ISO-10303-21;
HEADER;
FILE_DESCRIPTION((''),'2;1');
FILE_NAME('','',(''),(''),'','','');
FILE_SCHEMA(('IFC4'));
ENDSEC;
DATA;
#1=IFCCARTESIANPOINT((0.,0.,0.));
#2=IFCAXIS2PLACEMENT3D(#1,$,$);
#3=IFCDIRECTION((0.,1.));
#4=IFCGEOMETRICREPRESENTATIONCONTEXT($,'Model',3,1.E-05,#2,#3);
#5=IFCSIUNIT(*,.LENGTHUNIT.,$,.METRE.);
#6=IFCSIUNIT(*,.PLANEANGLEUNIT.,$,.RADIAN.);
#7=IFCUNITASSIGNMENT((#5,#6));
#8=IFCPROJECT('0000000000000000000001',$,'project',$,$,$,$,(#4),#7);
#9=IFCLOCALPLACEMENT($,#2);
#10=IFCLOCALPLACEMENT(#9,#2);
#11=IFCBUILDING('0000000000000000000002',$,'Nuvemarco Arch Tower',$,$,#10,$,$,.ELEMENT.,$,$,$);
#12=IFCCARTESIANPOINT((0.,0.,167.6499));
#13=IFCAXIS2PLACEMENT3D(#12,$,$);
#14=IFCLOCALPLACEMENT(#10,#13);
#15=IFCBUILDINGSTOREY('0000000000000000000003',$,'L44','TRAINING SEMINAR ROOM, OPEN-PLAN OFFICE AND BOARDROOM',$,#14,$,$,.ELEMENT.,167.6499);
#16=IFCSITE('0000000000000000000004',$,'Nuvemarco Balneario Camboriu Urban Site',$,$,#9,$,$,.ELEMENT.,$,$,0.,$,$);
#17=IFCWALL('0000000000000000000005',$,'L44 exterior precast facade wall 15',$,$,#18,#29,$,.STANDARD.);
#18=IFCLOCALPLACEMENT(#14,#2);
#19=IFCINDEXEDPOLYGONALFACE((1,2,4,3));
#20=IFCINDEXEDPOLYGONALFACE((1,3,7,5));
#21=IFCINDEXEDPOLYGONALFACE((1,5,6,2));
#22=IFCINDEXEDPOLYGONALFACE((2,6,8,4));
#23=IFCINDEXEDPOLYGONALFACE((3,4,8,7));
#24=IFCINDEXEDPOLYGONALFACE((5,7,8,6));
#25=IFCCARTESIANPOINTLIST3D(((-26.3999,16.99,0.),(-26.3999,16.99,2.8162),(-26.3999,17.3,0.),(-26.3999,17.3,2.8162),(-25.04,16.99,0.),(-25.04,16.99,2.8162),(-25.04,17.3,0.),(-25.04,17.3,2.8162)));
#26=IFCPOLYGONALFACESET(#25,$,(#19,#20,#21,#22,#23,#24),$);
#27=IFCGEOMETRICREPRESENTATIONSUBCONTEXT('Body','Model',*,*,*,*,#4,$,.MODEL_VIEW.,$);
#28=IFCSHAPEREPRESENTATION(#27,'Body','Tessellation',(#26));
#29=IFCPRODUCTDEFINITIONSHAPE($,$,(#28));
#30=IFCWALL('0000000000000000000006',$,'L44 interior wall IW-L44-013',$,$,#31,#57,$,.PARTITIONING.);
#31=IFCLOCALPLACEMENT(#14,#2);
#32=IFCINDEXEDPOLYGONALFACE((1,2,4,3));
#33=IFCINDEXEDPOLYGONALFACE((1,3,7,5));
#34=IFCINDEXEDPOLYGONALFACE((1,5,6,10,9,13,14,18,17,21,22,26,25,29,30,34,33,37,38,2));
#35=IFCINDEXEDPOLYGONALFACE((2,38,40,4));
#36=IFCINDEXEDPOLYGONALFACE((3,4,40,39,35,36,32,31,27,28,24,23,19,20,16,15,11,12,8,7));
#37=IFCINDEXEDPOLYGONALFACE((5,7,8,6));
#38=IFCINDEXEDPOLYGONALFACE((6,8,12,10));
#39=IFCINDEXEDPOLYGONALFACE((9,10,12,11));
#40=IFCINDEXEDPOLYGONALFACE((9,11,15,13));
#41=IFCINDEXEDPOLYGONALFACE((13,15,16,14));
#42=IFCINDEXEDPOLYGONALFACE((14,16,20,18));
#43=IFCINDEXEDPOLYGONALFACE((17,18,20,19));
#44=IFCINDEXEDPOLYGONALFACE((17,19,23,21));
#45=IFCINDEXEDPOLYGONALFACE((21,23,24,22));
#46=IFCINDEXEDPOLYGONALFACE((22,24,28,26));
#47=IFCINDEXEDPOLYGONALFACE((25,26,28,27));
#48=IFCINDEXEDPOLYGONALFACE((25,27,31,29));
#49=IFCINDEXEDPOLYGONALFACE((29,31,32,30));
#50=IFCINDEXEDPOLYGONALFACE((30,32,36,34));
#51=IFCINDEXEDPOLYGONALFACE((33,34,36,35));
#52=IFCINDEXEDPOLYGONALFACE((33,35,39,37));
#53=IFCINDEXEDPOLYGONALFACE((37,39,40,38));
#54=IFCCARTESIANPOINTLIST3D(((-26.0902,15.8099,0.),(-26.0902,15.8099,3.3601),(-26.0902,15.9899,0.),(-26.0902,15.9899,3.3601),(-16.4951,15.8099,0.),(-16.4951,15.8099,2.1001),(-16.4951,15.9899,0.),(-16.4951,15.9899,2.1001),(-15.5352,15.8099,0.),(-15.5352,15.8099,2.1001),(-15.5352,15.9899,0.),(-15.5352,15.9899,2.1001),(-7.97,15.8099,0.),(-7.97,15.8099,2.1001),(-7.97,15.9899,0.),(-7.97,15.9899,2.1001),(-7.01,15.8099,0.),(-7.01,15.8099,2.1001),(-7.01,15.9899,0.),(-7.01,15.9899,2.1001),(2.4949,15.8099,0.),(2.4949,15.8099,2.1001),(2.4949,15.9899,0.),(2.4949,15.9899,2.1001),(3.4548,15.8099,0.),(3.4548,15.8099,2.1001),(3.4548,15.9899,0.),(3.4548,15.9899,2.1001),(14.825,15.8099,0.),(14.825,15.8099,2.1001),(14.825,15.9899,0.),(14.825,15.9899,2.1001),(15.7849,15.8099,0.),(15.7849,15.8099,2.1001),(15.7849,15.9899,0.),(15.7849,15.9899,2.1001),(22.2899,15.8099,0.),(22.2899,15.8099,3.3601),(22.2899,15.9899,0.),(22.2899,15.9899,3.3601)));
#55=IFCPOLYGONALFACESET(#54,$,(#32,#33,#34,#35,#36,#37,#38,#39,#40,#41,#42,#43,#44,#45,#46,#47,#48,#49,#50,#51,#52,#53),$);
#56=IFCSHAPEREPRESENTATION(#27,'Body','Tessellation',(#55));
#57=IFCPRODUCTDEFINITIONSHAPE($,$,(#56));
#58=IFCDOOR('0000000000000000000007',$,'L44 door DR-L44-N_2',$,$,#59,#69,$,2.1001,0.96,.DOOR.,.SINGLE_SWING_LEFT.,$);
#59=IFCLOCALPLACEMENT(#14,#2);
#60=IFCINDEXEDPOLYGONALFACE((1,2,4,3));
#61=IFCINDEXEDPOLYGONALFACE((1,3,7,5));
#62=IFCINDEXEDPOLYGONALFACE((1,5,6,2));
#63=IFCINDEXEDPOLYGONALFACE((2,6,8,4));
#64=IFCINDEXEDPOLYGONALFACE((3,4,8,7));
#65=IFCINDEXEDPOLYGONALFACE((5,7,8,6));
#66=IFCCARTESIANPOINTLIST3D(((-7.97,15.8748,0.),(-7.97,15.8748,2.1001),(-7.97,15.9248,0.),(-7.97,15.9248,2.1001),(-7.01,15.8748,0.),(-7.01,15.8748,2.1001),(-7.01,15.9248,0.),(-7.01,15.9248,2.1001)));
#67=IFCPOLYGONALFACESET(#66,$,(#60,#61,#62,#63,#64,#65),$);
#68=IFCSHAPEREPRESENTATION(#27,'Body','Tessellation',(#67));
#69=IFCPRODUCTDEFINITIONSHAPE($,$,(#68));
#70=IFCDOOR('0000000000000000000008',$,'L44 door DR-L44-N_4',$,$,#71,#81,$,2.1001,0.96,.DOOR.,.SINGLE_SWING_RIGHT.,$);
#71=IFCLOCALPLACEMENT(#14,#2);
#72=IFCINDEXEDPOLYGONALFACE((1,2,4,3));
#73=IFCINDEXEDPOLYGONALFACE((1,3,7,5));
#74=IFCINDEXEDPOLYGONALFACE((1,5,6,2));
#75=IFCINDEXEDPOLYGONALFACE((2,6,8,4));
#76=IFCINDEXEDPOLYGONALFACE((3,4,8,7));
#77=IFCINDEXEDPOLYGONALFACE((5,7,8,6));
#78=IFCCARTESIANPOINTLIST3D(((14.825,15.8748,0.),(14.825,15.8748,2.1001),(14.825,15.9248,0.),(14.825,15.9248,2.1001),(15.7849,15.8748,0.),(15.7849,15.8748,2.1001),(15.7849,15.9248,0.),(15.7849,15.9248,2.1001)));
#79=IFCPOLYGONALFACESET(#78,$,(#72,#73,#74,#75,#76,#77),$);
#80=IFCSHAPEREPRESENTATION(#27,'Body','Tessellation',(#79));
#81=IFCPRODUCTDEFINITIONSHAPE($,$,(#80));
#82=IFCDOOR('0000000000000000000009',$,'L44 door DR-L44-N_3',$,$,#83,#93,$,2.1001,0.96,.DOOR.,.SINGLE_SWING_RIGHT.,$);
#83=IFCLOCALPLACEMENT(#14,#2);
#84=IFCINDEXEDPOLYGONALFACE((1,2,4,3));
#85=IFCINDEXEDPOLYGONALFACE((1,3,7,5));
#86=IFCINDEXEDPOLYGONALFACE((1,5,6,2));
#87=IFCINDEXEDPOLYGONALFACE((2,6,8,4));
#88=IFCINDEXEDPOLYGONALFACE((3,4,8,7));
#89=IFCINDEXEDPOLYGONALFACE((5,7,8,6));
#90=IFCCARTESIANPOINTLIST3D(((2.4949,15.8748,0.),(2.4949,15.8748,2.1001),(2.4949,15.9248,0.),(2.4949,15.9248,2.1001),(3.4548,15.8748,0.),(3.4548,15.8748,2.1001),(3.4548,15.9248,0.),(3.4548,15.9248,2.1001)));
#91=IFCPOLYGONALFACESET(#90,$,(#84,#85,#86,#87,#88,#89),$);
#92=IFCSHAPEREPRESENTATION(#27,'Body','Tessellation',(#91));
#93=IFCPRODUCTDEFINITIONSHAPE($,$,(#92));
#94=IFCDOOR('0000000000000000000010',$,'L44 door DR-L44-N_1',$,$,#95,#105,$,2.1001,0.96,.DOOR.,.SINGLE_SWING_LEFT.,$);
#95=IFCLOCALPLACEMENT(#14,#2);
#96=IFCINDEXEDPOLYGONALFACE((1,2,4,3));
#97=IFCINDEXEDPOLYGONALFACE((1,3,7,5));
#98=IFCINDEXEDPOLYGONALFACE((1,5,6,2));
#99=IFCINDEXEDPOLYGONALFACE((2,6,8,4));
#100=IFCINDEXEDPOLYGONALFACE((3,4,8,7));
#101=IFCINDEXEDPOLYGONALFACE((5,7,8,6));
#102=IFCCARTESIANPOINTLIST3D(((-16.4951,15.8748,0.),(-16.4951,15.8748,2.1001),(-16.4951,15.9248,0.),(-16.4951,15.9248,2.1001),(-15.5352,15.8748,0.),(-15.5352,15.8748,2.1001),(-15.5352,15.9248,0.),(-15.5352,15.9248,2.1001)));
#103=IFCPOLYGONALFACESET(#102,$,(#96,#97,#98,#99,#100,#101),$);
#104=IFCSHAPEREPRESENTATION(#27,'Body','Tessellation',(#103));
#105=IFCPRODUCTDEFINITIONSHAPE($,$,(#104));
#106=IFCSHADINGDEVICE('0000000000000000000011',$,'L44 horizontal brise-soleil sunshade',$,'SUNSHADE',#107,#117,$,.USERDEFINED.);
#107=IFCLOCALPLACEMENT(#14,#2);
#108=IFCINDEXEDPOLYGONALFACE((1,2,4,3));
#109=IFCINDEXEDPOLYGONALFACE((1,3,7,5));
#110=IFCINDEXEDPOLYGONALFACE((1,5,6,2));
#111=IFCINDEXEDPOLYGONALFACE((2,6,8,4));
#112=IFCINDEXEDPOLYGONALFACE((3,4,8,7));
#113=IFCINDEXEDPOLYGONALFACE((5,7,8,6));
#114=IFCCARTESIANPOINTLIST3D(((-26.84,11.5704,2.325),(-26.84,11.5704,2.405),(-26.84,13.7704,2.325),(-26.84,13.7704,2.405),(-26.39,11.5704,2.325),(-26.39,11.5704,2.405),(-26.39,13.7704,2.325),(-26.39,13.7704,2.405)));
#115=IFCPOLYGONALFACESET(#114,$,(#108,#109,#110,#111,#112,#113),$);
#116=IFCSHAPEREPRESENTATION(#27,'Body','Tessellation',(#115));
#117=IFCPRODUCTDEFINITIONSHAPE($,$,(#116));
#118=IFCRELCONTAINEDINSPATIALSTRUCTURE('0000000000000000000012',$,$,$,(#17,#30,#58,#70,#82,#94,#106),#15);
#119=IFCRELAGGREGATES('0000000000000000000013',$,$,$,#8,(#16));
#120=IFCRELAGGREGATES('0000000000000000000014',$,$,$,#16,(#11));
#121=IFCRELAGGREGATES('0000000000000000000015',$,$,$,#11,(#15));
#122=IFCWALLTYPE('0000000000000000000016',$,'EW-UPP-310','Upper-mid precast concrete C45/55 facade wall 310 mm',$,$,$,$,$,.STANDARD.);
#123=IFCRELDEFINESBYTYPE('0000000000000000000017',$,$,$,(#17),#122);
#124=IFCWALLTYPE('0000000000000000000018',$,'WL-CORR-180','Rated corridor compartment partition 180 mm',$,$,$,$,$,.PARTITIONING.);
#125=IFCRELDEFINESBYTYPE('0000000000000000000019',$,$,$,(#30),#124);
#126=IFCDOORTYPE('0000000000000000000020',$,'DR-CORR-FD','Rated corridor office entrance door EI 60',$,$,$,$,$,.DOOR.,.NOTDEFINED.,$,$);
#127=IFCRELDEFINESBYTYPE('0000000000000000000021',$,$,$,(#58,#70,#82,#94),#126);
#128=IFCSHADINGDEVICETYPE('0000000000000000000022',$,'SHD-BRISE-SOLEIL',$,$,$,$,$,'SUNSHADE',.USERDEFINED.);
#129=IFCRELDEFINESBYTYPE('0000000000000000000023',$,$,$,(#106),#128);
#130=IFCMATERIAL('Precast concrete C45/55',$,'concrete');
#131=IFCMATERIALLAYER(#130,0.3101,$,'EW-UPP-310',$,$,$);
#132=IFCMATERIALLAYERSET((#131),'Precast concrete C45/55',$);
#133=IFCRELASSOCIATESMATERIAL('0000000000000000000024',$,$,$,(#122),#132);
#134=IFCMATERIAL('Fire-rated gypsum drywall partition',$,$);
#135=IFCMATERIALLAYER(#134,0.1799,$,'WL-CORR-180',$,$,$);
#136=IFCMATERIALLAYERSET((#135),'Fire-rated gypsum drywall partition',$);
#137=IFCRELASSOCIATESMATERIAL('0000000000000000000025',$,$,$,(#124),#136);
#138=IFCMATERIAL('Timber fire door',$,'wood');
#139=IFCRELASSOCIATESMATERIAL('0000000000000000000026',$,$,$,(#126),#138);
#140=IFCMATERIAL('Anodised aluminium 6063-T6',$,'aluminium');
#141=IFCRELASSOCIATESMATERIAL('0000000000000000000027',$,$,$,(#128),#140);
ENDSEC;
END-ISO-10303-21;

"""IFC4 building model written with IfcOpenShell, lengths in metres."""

from ifc_helpers import new_model, si_unit, direction, frame, frame_2d, origin, origin_2d, place, context, subcontext, project, spatial, rectangle, extrude, source, transform, mapped, material, layer, layer_set, type_object, type_shapes, element, fill, save


model = new_model("IFC4")

# Units and contexts
model_context = context("Model", 3, precision=1e-05, world=origin(), true_north=direction((0.0, 1.0)))
body_context = subcontext(model_context, "Body", "Model", "MODEL_VIEW")
ifc_project = project(units=[si_unit("LENGTHUNIT", "METRE"), si_unit("PLANEANGLEUNIT", "RADIAN")], contexts=[model_context])

# Site, building, storey
site_placement = place(None, origin())
site = spatial("IfcSite", under=ifc_project, at=site_placement, Name="Nuvemarco Balneario Camboriu Urban Site", CompositionType="ELEMENT", RefElevation=0.0)
building_placement = place(site_placement, origin())
building = spatial("IfcBuilding", under=site, at=building_placement, Name="Nuvemarco Arch Tower", CompositionType="ELEMENT")
storey_placement = place(building_placement, frame((0.0, 0.0, 167.6499)))
storey = spatial("IfcBuildingStorey", under=building, at=storey_placement, Name="L44", Description="TRAINING SEMINAR ROOM, OPEN-PLAN OFFICE AND BOARDROOM", CompositionType="ELEMENT", Elevation=167.6499)

# Shared definitions
ifc_material_1 = material(Name="Precast concrete C45/55", Category="concrete")
ifc_layer_1 = layer(ifc_material_1, 0.3101, Name="EW-UPP-310")
ifc_layer_set_1 = layer_set([ifc_layer_1], Name="Precast concrete C45/55")
wall_type_1 = type_object("IfcWallType", Name="EW-UPP-310", Description="Upper-mid precast concrete C45/55 facade wall 310 mm", PredefinedType="STANDARD", material=ifc_layer_set_1)

# Wall
wall_1_placement = place(storey_placement, frame((-26.3999, 17.145, 0.0), z_axis=(0.0, 0.0, 1.0), x_axis=(1.0, 0.0, 0.0)))
element("IfcWall", 1, at=wall_1_placement, inside=storey, type_object=wall_type_1, Name="L44 exterior precast facade wall 15", PredefinedType="STANDARD", context=body_context, shape_type="SweptSolid", body=[
    extrude(rectangle(XDim=1.3599, YDim=0.3101, at=frame_2d((0.6799, 0.0))), origin(), (0.0, 0.0, 1.0), 2.8162),
])

# Wall, openings, doors
ifc_material_2 = material(Name="Fire-rated gypsum drywall partition")
ifc_layer_2 = layer(ifc_material_2, 0.1799, Name="WL-CORR-180")
ifc_layer_set_2 = layer_set([ifc_layer_2], Name="Fire-rated gypsum drywall partition")
wall_type_2 = type_object("IfcWallType", Name="WL-CORR-180", Description="Rated corridor compartment partition 180 mm", PredefinedType="PARTITIONING", material=ifc_layer_set_2)
wall_2_placement = place(storey_placement, frame((-26.0901, 15.8999, 0.0), z_axis=(0.0, 0.0, 1.0), x_axis=(1.0, 0.0, 0.0)))
wall_2 = element("IfcWall", 2, at=wall_2_placement, inside=storey, type_object=wall_type_2, Name="L44 interior wall IW-L44-013", PredefinedType="PARTITIONING", context=body_context, shape_type="SweptSolid", body=[
    extrude(rectangle(XDim=48.3801, YDim=0.1799, at=frame_2d((24.1899, 0.0))), origin(), (0.0, 0.0, 1.0), 3.3601),
])
opening_1_placement = place(wall_2_placement, frame((18.1201, 0.0, 0.0)))
opening_1 = element("IfcOpeningElement", 3, at=opening_1_placement, cuts=wall_2, PredefinedType="OPENING", context=body_context, shape_type="SweptSolid", body=[
    extrude(rectangle(XDim=0.96, YDim=2.1001, at=frame_2d((0.48, 1.05))), frame((0.0, 0.0999, 0.0), z_axis=(0.0, -1.0, 0.0), x_axis=(1.0, 0.0, 0.0)), (0.0, 0.0, 1.0), 0.2),
])
opening_2_placement = place(wall_2_placement, frame((40.915, 0.0, 0.0)))
opening_2 = element("IfcOpeningElement", 4, at=opening_2_placement, cuts=wall_2, PredefinedType="OPENING", context=body_context, shape_type="SweptSolid", body=[
    extrude(rectangle(XDim=0.96, YDim=2.1001, at=frame_2d((0.48, 1.05))), frame((0.0, 0.0999, 0.0), z_axis=(0.0, -1.0, 0.0), x_axis=(1.0, 0.0, 0.0)), (0.0, 0.0, 1.0), 0.2),
])
opening_3_placement = place(wall_2_placement, frame((28.585, 0.0, 0.0)))
opening_3 = element("IfcOpeningElement", 5, at=opening_3_placement, cuts=wall_2, PredefinedType="OPENING", context=body_context, shape_type="SweptSolid", body=[
    extrude(rectangle(XDim=0.96, YDim=2.1001, at=frame_2d((0.48, 1.05))), frame((0.0, 0.0999, 0.0), z_axis=(0.0, -1.0, 0.0), x_axis=(1.0, 0.0, 0.0)), (0.0, 0.0, 1.0), 0.2),
])
opening_4_placement = place(wall_2_placement, frame((9.595, 0.0, 0.0)))
opening_4 = element("IfcOpeningElement", 6, at=opening_4_placement, cuts=wall_2, PredefinedType="OPENING", context=body_context, shape_type="SweptSolid", body=[
    extrude(rectangle(XDim=0.96, YDim=2.1001, at=frame_2d((0.48, 1.05))), frame((0.0, 0.0999, 0.0), z_axis=(0.0, -1.0, 0.0), x_axis=(1.0, 0.0, 0.0)), (0.0, 0.0, 1.0), 0.2),
])
ifc_material_3 = material(Name="Timber fire door", Category="wood")
door_type_1 = type_object("IfcDoorType", Name="DR-CORR-FD", Description="Rated corridor office entrance door EI 60", OperationType="NOTDEFINED", PredefinedType="DOOR", material=ifc_material_3)
shared_shape_1 = source(origin(), body_context, "Body", "SweptSolid", [
    extrude(rectangle(XDim=0.96, YDim=2.1001, at=frame_2d((0.48, 1.05))), frame((0.0, 0.0249, 0.0), z_axis=(0.0, -1.0, 0.0), x_axis=(1.0, 0.0, 0.0)), (0.0, 0.0, 1.0), 0.05),
])
type_shapes(door_type_1, [shared_shape_1])
door_1_placement = place(opening_1_placement, origin())
door_1 = element("IfcDoor", 7, at=door_1_placement, inside=storey, type_object=door_type_1, Name="L44 door DR-L44-N_2", OperationType="SINGLE_SWING_LEFT", OverallHeight=2.1001, OverallWidth=0.96, PredefinedType="DOOR", context=body_context, shape_type="MappedRepresentation", body=[
    mapped(shared_shape_1, transform((0.0, 0.0, 0.0), scale=1.0)),
])
fill(opening_1, door_1)
door_2_placement = place(opening_2_placement, origin())
door_2 = element("IfcDoor", 8, at=door_2_placement, inside=storey, type_object=door_type_1, Name="L44 door DR-L44-N_4", OperationType="SINGLE_SWING_RIGHT", OverallHeight=2.1001, OverallWidth=0.96, PredefinedType="DOOR", context=body_context, shape_type="MappedRepresentation", body=[
    mapped(shared_shape_1, transform((0.0, 0.0, 0.0), scale=1.0)),
])
fill(opening_2, door_2)
door_3_placement = place(opening_3_placement, origin())
door_3 = element("IfcDoor", 9, at=door_3_placement, inside=storey, type_object=door_type_1, Name="L44 door DR-L44-N_3", OperationType="SINGLE_SWING_RIGHT", OverallHeight=2.1001, OverallWidth=0.96, PredefinedType="DOOR", context=body_context, shape_type="MappedRepresentation", body=[
    mapped(shared_shape_1, transform((0.0, 0.0, 0.0), scale=1.0)),
])
fill(opening_3, door_3)
door_4_placement = place(opening_4_placement, origin())
door_4 = element("IfcDoor", 10, at=door_4_placement, inside=storey, type_object=door_type_1, Name="L44 door DR-L44-N_1", OperationType="SINGLE_SWING_LEFT", OverallHeight=2.1001, OverallWidth=0.96, PredefinedType="DOOR", context=body_context, shape_type="MappedRepresentation", body=[
    mapped(shared_shape_1, transform((0.0, 0.0, 0.0), scale=1.0)),
])
fill(opening_4, door_4)

# Shading device
ifc_material_4 = material(Name="Anodised aluminium 6063-T6", Category="aluminium")
shading_device_type = type_object("IfcShadingDeviceType", Name="SHD-BRISE-SOLEIL", ElementType="SUNSHADE", PredefinedType="USERDEFINED", material=ifc_material_4)
shared_shape_2 = source(origin(), body_context, "Body", "SweptSolid", [
    extrude(rectangle(XDim=2.2, YDim=0.45, at=origin_2d()), origin(), (0.0, 0.0, 1.0), 0.0801),
])
type_shapes(shading_device_type, [shared_shape_2])
shading_device_placement = place(storey_placement, frame((-26.615, 12.6704, 2.325), z_axis=(0.0, 0.0, 1.0), x_axis=(0.0, 1.0, 0.0)))
element("IfcShadingDevice", 11, at=shading_device_placement, inside=storey, type_object=shading_device_type, Name="L44 horizontal brise-soleil sunshade", ObjectType="SUNSHADE", PredefinedType="USERDEFINED", context=body_context, shape_type="MappedRepresentation", body=[
    mapped(shared_shape_2, transform((0.0, 0.0, 0.0), scale=1.0)),
])

save(model, "model.ifc")
